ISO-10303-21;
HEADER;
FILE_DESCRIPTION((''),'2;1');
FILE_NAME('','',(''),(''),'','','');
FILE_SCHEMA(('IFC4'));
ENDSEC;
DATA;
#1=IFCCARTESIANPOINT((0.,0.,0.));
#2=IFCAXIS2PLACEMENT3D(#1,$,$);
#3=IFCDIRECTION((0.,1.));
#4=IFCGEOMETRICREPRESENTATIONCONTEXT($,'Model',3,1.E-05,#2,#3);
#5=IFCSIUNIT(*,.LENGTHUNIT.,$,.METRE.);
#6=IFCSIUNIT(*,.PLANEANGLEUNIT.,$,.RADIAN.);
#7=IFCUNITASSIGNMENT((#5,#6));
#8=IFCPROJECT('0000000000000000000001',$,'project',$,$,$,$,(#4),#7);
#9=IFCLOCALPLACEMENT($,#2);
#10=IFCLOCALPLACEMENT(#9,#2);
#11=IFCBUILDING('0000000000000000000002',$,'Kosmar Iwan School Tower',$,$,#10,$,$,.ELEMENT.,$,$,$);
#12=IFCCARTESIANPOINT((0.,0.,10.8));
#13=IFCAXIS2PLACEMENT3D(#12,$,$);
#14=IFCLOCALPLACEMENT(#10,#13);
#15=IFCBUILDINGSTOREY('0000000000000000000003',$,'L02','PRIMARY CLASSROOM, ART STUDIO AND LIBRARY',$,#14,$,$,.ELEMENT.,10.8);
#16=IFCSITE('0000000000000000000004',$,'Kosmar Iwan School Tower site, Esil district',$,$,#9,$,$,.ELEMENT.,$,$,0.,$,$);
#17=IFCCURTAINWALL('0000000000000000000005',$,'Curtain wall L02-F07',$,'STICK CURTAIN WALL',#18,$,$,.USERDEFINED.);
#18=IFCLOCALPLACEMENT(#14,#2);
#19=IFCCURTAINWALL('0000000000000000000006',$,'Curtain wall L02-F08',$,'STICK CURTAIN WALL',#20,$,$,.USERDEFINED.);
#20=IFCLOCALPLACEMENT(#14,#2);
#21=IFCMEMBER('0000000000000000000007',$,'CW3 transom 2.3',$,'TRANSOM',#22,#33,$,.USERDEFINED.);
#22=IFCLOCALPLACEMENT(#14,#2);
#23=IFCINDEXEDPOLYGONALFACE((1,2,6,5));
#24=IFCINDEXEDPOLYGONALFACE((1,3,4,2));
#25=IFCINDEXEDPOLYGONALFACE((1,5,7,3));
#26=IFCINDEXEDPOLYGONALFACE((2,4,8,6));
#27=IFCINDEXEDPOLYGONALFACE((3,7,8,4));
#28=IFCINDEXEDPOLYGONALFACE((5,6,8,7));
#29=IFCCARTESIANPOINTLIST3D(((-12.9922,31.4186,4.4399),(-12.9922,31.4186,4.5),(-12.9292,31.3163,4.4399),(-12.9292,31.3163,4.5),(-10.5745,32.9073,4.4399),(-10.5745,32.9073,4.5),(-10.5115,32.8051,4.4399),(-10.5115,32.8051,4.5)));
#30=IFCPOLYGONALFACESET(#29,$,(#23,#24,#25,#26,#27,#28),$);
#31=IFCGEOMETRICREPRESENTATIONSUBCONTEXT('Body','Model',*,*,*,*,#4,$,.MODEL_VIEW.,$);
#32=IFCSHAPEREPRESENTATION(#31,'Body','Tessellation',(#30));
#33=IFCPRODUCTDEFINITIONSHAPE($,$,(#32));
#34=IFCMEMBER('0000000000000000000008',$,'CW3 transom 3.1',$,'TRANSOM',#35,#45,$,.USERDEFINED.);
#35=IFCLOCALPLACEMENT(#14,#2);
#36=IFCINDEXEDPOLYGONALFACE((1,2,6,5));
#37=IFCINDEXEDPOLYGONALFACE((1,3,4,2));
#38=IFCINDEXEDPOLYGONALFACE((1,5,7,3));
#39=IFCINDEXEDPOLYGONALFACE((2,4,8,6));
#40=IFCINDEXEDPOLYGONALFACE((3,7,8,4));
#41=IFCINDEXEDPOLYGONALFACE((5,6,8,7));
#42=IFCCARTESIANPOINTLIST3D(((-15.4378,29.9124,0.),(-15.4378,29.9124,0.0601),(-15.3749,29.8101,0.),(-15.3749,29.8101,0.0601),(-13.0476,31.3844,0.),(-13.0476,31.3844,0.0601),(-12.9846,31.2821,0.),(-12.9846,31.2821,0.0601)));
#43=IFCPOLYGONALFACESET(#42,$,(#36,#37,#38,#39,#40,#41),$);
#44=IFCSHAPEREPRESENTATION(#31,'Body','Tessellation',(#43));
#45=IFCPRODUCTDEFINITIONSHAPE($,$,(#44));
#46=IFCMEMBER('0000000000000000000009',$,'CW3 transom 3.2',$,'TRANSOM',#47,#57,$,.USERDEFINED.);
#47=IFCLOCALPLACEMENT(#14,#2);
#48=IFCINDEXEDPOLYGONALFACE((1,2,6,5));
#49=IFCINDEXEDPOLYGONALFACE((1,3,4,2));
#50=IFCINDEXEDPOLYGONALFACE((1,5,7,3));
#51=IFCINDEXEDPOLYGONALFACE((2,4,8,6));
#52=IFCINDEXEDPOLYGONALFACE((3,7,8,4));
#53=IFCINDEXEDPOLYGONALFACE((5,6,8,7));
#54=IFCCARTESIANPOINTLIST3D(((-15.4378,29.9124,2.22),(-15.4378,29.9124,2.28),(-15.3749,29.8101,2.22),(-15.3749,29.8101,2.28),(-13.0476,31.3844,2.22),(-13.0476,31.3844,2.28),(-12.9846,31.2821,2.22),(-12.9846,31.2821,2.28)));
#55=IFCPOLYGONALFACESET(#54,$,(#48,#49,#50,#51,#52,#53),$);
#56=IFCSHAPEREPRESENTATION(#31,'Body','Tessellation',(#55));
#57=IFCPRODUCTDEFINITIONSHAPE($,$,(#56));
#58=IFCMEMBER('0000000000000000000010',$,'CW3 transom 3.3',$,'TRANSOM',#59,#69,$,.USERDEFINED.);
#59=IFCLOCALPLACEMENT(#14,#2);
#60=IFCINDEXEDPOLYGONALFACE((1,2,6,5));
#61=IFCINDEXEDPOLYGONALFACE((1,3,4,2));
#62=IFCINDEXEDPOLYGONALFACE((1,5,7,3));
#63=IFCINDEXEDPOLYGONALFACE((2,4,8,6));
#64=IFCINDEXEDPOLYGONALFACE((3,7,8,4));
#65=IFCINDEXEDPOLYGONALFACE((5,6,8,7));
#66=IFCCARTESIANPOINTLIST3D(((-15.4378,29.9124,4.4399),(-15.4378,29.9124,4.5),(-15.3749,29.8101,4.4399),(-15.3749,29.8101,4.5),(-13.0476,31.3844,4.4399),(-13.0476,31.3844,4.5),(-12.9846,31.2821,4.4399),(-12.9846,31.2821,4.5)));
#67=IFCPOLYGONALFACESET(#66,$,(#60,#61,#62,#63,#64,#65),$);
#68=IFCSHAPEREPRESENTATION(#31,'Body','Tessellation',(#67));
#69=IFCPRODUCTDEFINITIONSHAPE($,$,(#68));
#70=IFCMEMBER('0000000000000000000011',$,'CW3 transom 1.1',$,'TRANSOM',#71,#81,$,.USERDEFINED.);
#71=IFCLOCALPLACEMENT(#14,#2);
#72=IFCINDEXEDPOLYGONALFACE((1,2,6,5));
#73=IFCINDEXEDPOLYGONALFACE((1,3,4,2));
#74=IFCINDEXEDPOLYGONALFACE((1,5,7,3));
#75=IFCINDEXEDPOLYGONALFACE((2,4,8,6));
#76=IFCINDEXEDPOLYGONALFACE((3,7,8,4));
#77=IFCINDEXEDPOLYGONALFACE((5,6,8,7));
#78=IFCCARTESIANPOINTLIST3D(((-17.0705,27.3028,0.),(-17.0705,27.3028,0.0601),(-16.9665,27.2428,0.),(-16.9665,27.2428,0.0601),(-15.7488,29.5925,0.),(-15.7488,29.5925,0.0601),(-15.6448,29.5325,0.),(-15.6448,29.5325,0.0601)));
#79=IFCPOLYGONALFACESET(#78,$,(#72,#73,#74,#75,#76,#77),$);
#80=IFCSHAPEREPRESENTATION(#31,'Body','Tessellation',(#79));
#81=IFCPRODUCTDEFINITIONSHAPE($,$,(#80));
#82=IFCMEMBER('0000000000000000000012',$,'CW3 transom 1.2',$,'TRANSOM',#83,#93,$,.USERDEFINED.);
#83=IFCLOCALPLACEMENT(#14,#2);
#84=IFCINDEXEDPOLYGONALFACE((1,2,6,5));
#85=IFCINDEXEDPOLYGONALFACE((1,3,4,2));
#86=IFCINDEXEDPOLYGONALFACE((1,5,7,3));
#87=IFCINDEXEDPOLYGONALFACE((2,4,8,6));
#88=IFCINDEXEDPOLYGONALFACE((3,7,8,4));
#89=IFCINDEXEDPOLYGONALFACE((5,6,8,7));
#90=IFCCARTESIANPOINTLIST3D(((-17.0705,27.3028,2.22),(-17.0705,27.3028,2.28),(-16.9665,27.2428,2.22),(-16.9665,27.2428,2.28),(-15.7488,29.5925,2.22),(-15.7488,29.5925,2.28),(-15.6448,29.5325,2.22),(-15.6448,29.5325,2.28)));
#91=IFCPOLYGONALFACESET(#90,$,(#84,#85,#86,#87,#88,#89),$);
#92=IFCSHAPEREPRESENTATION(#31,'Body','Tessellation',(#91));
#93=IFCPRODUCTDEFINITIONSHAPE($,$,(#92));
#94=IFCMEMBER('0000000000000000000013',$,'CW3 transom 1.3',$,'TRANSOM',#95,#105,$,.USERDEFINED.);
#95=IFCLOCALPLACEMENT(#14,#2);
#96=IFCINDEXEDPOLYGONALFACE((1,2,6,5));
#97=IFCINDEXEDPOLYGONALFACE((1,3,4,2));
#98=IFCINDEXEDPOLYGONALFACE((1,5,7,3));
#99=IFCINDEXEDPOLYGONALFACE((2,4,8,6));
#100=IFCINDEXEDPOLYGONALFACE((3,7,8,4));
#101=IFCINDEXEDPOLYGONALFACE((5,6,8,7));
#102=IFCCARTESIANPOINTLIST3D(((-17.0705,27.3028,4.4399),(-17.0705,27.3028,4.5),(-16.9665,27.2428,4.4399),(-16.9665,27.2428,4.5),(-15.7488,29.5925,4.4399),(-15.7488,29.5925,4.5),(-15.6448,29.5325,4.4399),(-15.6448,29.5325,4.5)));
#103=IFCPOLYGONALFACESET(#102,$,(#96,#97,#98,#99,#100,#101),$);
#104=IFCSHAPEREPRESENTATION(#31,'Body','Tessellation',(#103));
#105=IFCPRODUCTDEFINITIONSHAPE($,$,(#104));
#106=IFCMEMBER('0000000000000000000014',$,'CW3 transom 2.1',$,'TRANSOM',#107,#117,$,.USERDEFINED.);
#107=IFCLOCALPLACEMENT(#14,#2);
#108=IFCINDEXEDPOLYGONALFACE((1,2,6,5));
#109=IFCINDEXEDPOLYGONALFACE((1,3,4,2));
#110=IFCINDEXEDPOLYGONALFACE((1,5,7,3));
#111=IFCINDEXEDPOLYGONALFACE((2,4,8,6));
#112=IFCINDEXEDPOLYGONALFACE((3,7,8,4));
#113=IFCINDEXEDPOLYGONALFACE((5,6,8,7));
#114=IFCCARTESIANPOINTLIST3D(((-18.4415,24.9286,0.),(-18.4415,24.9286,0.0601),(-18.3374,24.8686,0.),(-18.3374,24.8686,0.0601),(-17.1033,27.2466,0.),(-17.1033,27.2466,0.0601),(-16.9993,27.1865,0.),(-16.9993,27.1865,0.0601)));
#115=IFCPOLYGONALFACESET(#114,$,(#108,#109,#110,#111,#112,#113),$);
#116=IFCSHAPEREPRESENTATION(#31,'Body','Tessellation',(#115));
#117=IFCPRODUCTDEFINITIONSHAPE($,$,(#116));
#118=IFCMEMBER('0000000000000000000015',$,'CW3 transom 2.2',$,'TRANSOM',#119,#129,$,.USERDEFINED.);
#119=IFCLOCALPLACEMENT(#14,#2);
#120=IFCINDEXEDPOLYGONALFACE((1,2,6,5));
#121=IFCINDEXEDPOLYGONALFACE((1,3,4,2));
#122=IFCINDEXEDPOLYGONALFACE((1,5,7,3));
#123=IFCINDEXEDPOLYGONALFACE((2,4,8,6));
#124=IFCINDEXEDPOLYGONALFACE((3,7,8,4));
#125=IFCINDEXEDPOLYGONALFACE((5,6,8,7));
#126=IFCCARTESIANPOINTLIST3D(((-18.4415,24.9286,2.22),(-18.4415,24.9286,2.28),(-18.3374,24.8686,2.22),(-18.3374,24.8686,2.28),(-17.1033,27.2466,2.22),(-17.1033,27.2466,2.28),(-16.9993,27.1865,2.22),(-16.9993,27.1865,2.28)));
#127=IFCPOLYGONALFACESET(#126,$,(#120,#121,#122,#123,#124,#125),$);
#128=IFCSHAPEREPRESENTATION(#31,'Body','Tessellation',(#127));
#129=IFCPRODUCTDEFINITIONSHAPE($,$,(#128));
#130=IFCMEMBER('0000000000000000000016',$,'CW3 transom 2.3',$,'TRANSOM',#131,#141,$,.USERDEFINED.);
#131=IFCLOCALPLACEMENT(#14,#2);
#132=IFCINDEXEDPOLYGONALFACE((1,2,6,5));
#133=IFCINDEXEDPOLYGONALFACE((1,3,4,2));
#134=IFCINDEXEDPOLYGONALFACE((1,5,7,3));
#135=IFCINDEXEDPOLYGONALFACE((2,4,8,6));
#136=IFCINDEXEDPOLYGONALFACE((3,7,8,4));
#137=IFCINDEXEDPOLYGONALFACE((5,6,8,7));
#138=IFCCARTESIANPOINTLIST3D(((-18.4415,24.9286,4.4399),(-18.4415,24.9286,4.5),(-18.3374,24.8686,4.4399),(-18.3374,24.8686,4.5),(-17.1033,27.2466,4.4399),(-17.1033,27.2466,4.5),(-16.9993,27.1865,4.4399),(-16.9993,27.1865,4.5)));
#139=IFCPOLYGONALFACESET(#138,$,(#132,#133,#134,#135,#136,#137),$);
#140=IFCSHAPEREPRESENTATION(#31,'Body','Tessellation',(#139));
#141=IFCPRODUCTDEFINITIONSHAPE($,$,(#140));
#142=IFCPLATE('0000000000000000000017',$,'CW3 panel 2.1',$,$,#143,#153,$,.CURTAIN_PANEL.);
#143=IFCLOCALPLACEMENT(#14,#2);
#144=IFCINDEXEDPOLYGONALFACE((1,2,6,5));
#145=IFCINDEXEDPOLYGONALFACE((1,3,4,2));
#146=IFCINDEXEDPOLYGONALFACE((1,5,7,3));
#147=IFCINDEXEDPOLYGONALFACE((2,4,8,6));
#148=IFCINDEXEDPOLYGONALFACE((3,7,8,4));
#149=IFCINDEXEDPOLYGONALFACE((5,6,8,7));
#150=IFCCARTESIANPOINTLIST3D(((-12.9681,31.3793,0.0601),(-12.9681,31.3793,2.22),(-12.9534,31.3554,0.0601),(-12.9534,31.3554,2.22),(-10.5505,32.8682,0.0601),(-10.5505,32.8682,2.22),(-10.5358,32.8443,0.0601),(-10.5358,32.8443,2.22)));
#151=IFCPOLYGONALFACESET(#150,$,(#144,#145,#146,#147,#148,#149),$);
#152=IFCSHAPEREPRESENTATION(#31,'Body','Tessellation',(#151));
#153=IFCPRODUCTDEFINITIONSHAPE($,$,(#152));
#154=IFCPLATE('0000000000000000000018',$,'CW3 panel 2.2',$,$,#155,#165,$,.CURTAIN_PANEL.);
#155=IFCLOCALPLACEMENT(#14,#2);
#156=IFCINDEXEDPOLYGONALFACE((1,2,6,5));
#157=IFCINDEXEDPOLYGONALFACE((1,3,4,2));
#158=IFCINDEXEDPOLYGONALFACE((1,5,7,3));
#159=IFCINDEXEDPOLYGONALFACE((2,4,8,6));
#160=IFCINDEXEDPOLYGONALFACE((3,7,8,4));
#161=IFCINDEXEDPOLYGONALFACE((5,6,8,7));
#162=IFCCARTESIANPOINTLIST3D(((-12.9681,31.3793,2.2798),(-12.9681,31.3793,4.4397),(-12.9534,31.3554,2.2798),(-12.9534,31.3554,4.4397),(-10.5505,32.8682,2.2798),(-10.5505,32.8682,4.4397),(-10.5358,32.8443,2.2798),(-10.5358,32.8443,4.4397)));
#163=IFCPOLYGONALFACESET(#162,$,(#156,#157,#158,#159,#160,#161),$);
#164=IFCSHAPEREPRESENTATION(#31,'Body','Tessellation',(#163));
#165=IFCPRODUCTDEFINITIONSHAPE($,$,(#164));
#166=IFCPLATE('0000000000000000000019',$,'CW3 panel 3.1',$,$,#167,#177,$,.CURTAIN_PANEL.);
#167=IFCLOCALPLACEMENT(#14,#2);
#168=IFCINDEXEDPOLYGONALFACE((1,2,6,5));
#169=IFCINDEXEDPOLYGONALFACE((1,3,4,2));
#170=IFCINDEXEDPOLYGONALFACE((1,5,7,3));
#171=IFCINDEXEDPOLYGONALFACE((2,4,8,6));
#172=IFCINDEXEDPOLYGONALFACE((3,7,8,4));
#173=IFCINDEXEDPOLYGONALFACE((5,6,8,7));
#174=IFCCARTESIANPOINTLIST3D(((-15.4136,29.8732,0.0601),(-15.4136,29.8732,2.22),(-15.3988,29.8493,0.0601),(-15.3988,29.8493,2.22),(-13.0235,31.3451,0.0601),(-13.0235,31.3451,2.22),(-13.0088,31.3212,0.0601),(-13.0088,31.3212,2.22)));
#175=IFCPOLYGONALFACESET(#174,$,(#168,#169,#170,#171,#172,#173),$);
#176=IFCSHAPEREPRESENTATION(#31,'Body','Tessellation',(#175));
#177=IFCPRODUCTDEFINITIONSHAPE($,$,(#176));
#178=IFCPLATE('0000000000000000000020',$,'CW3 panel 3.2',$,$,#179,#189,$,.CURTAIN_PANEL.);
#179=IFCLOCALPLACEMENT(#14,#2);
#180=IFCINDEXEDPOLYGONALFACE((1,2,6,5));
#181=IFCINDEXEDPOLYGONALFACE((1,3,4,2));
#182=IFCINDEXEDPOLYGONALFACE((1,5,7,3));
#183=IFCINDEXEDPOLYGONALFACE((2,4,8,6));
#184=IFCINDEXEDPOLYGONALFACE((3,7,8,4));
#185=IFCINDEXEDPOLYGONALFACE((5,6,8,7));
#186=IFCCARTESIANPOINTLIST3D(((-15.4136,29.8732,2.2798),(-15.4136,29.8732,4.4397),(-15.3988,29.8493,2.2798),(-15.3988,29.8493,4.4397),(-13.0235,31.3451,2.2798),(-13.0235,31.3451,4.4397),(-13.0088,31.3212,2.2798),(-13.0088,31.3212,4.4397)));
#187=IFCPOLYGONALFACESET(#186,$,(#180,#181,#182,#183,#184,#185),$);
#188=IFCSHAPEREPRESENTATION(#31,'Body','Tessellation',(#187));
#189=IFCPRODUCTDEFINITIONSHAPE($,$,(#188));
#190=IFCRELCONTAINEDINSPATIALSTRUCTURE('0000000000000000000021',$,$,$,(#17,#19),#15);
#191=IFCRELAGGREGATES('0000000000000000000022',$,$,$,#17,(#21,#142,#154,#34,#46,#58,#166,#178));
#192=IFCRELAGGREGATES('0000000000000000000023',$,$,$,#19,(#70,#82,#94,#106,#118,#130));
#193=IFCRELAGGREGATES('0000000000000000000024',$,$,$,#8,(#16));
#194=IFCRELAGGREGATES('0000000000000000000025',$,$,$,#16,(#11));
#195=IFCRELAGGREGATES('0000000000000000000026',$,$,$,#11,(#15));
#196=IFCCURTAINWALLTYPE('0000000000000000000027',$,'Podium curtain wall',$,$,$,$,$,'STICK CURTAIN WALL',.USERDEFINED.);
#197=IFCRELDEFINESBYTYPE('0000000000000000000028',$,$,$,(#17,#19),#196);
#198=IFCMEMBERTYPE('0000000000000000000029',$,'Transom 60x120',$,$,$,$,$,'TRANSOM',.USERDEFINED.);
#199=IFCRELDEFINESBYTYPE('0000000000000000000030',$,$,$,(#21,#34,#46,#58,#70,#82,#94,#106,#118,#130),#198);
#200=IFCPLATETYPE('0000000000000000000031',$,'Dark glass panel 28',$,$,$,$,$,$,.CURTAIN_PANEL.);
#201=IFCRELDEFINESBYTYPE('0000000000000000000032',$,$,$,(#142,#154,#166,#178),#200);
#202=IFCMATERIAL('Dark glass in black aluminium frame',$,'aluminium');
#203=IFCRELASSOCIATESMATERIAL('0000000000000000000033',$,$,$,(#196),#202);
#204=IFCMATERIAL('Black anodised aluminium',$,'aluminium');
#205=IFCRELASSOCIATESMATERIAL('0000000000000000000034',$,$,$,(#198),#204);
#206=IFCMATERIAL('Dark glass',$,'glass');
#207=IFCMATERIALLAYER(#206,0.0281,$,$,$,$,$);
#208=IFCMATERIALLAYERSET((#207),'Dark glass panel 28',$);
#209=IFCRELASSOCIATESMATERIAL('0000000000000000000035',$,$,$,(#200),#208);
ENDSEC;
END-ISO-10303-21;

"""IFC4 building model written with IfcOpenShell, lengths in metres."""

from ifc_helpers import new_model, si_unit, direction, frame, origin, origin_2d, place, context, subcontext, project, spatial, rectangle, extrude, material, layer, layer_set, material_profile, profile_set, type_object, element, aggregate, save


model = new_model("IFC4")

# Units and contexts
model_context = context("Model", 3, precision=1e-05, world=origin(), true_north=direction((0.0, 1.0)))
body_context = subcontext(model_context, "Body", "Model", "MODEL_VIEW")
ifc_project = project(units=[si_unit("LENGTHUNIT", "METRE"), si_unit("PLANEANGLEUNIT", "RADIAN")], contexts=[model_context])

# Site, building, storey
site_placement = place(None, origin())
site = spatial("IfcSite", under=ifc_project, at=site_placement, Name="Kosmar Iwan School Tower site, Esil district", CompositionType="ELEMENT", RefElevation=0.0)
building_placement = place(site_placement, origin())
building = spatial("IfcBuilding", under=site, at=building_placement, Name="Kosmar Iwan School Tower", CompositionType="ELEMENT")
storey_placement = place(building_placement, frame((0.0, 0.0, 10.8)))
storey = spatial("IfcBuildingStorey", under=building, at=storey_placement, Name="L02", Description="PRIMARY CLASSROOM, ART STUDIO AND LIBRARY", CompositionType="ELEMENT", Elevation=10.8)

# Curtain walls
ifc_material_1 = material(Name="Dark glass in black aluminium frame", Category="aluminium")
curtain_wall_type = type_object("IfcCurtainWallType", Name="Podium curtain wall", ElementType="STICK CURTAIN WALL", PredefinedType="USERDEFINED", material=ifc_material_1)
curtain_wall_1_placement = place(storey_placement, origin())
curtain_wall_1 = element("IfcCurtainWall", 1, at=curtain_wall_1_placement, inside=storey, type_object=curtain_wall_type, Name="Curtain wall L02-F07", ObjectType="STICK CURTAIN WALL", PredefinedType="USERDEFINED")
curtain_wall_2_placement = place(storey_placement, origin())
curtain_wall_2 = element("IfcCurtainWall", 2, at=curtain_wall_2_placement, inside=storey, type_object=curtain_wall_type, Name="Curtain wall L02-F08", ObjectType="STICK CURTAIN WALL", PredefinedType="USERDEFINED")

# Members
ifc_material_2 = material(Name="Black anodised aluminium", Category="aluminium")
ifc_material_profile_1 = material_profile(ifc_material_2, rectangle(XDim=0.1201, YDim=0.0601, at=origin_2d()), Name="TRANSOM 60x120")
ifc_profile_set_1 = profile_set([ifc_material_profile_1], Name="Black anodised aluminium")
member_type_1 = type_object("IfcMemberType", Name="Transom 60x120", ElementType="TRANSOM", PredefinedType="USERDEFINED", material=ifc_profile_set_1)
member_1_placement = place(storey_placement, frame((-10.543, 32.8562, 4.47), z_axis=(-0.851511, -0.524337, 0.0), x_axis=(0.524337, -0.851511, 0.0)))
member_1 = element("IfcMember", 3, at=member_1_placement, type_object=member_type_1, Name="CW3 transom 2.3", ObjectType="TRANSOM", PredefinedType="USERDEFINED", context=body_context, shape_type="SweptSolid", body=[
    extrude(rectangle(XDim=0.1201, YDim=0.0601, at=origin_2d()), origin(), (0.0, 0.0, 1.0), 2.8394),
])
member_2_placement = place(storey_placement, frame((-13.0161, 31.3333, 0.03), z_axis=(-0.851488, -0.524374, 0.0), x_axis=(0.524374, -0.851488, 0.0)))
member_2 = element("IfcMember", 4, at=member_2_placement, type_object=member_type_1, Name="CW3 transom 3.1", ObjectType="TRANSOM", PredefinedType="USERDEFINED", context=body_context, shape_type="SweptSolid", body=[
    extrude(rectangle(XDim=0.1201, YDim=0.0601, at=origin_2d()), origin(), (0.0, 0.0, 1.0), 2.8071),
])
member_3_placement = place(storey_placement, frame((-13.0161, 31.3333, 2.25), z_axis=(-0.851488, -0.524374, 0.0), x_axis=(0.524374, -0.851488, 0.0)))
member_3 = element("IfcMember", 5, at=member_3_placement, type_object=member_type_1, Name="CW3 transom 3.2", ObjectType="TRANSOM", PredefinedType="USERDEFINED", context=body_context, shape_type="SweptSolid", body=[
    extrude(rectangle(XDim=0.1201, YDim=0.0601, at=origin_2d()), origin(), (0.0, 0.0, 1.0), 2.8071),
])
member_4_placement = place(storey_placement, frame((-13.0161, 31.3333, 4.47), z_axis=(-0.851488, -0.524374, 0.0), x_axis=(0.524374, -0.851488, 0.0)))
member_4 = element("IfcMember", 6, at=member_4_placement, type_object=member_type_1, Name="CW3 transom 3.3", ObjectType="TRANSOM", PredefinedType="USERDEFINED", context=body_context, shape_type="SweptSolid", body=[
    extrude(rectangle(XDim=0.1201, YDim=0.0601, at=origin_2d()), origin(), (0.0, 0.0, 1.0), 2.8071),
])
member_5_placement = place(storey_placement, frame((-15.6968, 29.5625, 0.03), z_axis=(-0.499933, -0.866064, 0.0), x_axis=(0.866064, -0.499933, 0.0)))
member_5 = element("IfcMember", 7, at=member_5_placement, type_object=member_type_1, Name="CW3 transom 1.1", ObjectType="TRANSOM", PredefinedType="USERDEFINED", context=body_context, shape_type="SweptSolid", body=[
    extrude(rectangle(XDim=0.1201, YDim=0.0601, at=origin_2d()), origin(), (0.0, 0.0, 1.0), 2.6438),
])
member_6_placement = place(storey_placement, frame((-15.6968, 29.5625, 2.25), z_axis=(-0.499933, -0.866064, 0.0), x_axis=(0.866064, -0.499933, 0.0)))
member_6 = element("IfcMember", 8, at=member_6_placement, type_object=member_type_1, Name="CW3 transom 1.2", ObjectType="TRANSOM", PredefinedType="USERDEFINED", context=body_context, shape_type="SweptSolid", body=[
    extrude(rectangle(XDim=0.1201, YDim=0.0601, at=origin_2d()), origin(), (0.0, 0.0, 1.0), 2.6438),
])
member_7_placement = place(storey_placement, frame((-15.6968, 29.5625, 4.47), z_axis=(-0.499933, -0.866064, 0.0), x_axis=(0.866064, -0.499933, 0.0)))
member_7 = element("IfcMember", 9, at=member_7_placement, type_object=member_type_1, Name="CW3 transom 1.3", ObjectType="TRANSOM", PredefinedType="USERDEFINED", context=body_context, shape_type="SweptSolid", body=[
    extrude(rectangle(XDim=0.1201, YDim=0.0601, at=origin_2d()), origin(), (0.0, 0.0, 1.0), 2.6438),
])
member_8_placement = place(storey_placement, frame((-17.0513, 27.2166, 0.03), z_axis=(-0.499975, -0.86604, 0.0), x_axis=(0.86604, -0.499975, 0.0)))
member_8 = element("IfcMember", 10, at=member_8_placement, type_object=member_type_1, Name="CW3 transom 2.1", ObjectType="TRANSOM", PredefinedType="USERDEFINED", context=body_context, shape_type="SweptSolid", body=[
    extrude(rectangle(XDim=0.1201, YDim=0.0601, at=origin_2d()), origin(), (0.0, 0.0, 1.0), 2.6765),
])
member_9_placement = place(storey_placement, frame((-17.0513, 27.2166, 2.25), z_axis=(-0.499975, -0.86604, 0.0), x_axis=(0.86604, -0.499975, 0.0)))
member_9 = element("IfcMember", 11, at=member_9_placement, type_object=member_type_1, Name="CW3 transom 2.2", ObjectType="TRANSOM", PredefinedType="USERDEFINED", context=body_context, shape_type="SweptSolid", body=[
    extrude(rectangle(XDim=0.1201, YDim=0.0601, at=origin_2d()), origin(), (0.0, 0.0, 1.0), 2.6765),
])
member_10_placement = place(storey_placement, frame((-17.0513, 27.2166, 4.47), z_axis=(-0.499975, -0.86604, 0.0), x_axis=(0.86604, -0.499975, 0.0)))
member_10 = element("IfcMember", 12, at=member_10_placement, type_object=member_type_1, Name="CW3 transom 2.3", ObjectType="TRANSOM", PredefinedType="USERDEFINED", context=body_context, shape_type="SweptSolid", body=[
    extrude(rectangle(XDim=0.1201, YDim=0.0601, at=origin_2d()), origin(), (0.0, 0.0, 1.0), 2.6765),
])

# Plates
ifc_material_3 = material(Name="Dark glass", Category="glass")
ifc_layer_1 = layer(ifc_material_3, 0.0281)
ifc_layer_set_1 = layer_set([ifc_layer_1], Name="Dark glass panel 28")
plate_type = type_object("IfcPlateType", Name="Dark glass panel 28", PredefinedType="CURTAIN_PANEL", material=ifc_layer_set_1)
plate_1_placement = place(storey_placement, frame((-11.752, 32.1118, 0.0601), z_axis=(0.0, 0.0, 1.0), x_axis=(-0.851483, -0.524382, 0.0)))
plate_1 = element("IfcPlate", 13, at=plate_1_placement, type_object=plate_type, Name="CW3 panel 2.1", PredefinedType="CURTAIN_PANEL", context=body_context, shape_type="SweptSolid", body=[
    extrude(rectangle(XDim=2.8394, YDim=0.0281, at=origin_2d()), origin(), (0.0, 0.0, 1.0), 2.1599),
])
plate_2_placement = place(storey_placement, frame((-11.752, 32.1118, 2.2798), z_axis=(0.0, 0.0, 1.0), x_axis=(-0.851483, -0.524382, 0.0)))
plate_2 = element("IfcPlate", 14, at=plate_2_placement, type_object=plate_type, Name="CW3 panel 2.2", PredefinedType="CURTAIN_PANEL", context=body_context, shape_type="SweptSolid", body=[
    extrude(rectangle(XDim=2.8394, YDim=0.0281, at=origin_2d()), origin(), (0.0, 0.0, 1.0), 2.1599),
])
plate_3_placement = place(storey_placement, frame((-14.2112, 30.5972, 0.0601), z_axis=(0.0, 0.0, 1.0), x_axis=(-0.851483, -0.524382, 0.0)))
plate_3 = element("IfcPlate", 15, at=plate_3_placement, type_object=plate_type, Name="CW3 panel 3.1", PredefinedType="CURTAIN_PANEL", context=body_context, shape_type="SweptSolid", body=[
    extrude(rectangle(XDim=2.8069, YDim=0.0281, at=origin_2d()), origin(), (0.0, 0.0, 1.0), 2.1599),
])
plate_4_placement = place(storey_placement, frame((-14.2112, 30.5972, 2.2798), z_axis=(0.0, 0.0, 1.0), x_axis=(-0.851483, -0.524382, 0.0)))
plate_4 = element("IfcPlate", 16, at=plate_4_placement, type_object=plate_type, Name="CW3 panel 3.2", PredefinedType="CURTAIN_PANEL", context=body_context, shape_type="SweptSolid", body=[
    extrude(rectangle(XDim=2.8069, YDim=0.0281, at=origin_2d()), origin(), (0.0, 0.0, 1.0), 2.1599),
])
aggregate(curtain_wall_1, [member_1, plate_1, plate_2, member_2, member_3, member_4, plate_3, plate_4])
aggregate(curtain_wall_2, [member_5, member_6, member_7, member_8, member_9, member_10])

save(model, "model.ifc")
